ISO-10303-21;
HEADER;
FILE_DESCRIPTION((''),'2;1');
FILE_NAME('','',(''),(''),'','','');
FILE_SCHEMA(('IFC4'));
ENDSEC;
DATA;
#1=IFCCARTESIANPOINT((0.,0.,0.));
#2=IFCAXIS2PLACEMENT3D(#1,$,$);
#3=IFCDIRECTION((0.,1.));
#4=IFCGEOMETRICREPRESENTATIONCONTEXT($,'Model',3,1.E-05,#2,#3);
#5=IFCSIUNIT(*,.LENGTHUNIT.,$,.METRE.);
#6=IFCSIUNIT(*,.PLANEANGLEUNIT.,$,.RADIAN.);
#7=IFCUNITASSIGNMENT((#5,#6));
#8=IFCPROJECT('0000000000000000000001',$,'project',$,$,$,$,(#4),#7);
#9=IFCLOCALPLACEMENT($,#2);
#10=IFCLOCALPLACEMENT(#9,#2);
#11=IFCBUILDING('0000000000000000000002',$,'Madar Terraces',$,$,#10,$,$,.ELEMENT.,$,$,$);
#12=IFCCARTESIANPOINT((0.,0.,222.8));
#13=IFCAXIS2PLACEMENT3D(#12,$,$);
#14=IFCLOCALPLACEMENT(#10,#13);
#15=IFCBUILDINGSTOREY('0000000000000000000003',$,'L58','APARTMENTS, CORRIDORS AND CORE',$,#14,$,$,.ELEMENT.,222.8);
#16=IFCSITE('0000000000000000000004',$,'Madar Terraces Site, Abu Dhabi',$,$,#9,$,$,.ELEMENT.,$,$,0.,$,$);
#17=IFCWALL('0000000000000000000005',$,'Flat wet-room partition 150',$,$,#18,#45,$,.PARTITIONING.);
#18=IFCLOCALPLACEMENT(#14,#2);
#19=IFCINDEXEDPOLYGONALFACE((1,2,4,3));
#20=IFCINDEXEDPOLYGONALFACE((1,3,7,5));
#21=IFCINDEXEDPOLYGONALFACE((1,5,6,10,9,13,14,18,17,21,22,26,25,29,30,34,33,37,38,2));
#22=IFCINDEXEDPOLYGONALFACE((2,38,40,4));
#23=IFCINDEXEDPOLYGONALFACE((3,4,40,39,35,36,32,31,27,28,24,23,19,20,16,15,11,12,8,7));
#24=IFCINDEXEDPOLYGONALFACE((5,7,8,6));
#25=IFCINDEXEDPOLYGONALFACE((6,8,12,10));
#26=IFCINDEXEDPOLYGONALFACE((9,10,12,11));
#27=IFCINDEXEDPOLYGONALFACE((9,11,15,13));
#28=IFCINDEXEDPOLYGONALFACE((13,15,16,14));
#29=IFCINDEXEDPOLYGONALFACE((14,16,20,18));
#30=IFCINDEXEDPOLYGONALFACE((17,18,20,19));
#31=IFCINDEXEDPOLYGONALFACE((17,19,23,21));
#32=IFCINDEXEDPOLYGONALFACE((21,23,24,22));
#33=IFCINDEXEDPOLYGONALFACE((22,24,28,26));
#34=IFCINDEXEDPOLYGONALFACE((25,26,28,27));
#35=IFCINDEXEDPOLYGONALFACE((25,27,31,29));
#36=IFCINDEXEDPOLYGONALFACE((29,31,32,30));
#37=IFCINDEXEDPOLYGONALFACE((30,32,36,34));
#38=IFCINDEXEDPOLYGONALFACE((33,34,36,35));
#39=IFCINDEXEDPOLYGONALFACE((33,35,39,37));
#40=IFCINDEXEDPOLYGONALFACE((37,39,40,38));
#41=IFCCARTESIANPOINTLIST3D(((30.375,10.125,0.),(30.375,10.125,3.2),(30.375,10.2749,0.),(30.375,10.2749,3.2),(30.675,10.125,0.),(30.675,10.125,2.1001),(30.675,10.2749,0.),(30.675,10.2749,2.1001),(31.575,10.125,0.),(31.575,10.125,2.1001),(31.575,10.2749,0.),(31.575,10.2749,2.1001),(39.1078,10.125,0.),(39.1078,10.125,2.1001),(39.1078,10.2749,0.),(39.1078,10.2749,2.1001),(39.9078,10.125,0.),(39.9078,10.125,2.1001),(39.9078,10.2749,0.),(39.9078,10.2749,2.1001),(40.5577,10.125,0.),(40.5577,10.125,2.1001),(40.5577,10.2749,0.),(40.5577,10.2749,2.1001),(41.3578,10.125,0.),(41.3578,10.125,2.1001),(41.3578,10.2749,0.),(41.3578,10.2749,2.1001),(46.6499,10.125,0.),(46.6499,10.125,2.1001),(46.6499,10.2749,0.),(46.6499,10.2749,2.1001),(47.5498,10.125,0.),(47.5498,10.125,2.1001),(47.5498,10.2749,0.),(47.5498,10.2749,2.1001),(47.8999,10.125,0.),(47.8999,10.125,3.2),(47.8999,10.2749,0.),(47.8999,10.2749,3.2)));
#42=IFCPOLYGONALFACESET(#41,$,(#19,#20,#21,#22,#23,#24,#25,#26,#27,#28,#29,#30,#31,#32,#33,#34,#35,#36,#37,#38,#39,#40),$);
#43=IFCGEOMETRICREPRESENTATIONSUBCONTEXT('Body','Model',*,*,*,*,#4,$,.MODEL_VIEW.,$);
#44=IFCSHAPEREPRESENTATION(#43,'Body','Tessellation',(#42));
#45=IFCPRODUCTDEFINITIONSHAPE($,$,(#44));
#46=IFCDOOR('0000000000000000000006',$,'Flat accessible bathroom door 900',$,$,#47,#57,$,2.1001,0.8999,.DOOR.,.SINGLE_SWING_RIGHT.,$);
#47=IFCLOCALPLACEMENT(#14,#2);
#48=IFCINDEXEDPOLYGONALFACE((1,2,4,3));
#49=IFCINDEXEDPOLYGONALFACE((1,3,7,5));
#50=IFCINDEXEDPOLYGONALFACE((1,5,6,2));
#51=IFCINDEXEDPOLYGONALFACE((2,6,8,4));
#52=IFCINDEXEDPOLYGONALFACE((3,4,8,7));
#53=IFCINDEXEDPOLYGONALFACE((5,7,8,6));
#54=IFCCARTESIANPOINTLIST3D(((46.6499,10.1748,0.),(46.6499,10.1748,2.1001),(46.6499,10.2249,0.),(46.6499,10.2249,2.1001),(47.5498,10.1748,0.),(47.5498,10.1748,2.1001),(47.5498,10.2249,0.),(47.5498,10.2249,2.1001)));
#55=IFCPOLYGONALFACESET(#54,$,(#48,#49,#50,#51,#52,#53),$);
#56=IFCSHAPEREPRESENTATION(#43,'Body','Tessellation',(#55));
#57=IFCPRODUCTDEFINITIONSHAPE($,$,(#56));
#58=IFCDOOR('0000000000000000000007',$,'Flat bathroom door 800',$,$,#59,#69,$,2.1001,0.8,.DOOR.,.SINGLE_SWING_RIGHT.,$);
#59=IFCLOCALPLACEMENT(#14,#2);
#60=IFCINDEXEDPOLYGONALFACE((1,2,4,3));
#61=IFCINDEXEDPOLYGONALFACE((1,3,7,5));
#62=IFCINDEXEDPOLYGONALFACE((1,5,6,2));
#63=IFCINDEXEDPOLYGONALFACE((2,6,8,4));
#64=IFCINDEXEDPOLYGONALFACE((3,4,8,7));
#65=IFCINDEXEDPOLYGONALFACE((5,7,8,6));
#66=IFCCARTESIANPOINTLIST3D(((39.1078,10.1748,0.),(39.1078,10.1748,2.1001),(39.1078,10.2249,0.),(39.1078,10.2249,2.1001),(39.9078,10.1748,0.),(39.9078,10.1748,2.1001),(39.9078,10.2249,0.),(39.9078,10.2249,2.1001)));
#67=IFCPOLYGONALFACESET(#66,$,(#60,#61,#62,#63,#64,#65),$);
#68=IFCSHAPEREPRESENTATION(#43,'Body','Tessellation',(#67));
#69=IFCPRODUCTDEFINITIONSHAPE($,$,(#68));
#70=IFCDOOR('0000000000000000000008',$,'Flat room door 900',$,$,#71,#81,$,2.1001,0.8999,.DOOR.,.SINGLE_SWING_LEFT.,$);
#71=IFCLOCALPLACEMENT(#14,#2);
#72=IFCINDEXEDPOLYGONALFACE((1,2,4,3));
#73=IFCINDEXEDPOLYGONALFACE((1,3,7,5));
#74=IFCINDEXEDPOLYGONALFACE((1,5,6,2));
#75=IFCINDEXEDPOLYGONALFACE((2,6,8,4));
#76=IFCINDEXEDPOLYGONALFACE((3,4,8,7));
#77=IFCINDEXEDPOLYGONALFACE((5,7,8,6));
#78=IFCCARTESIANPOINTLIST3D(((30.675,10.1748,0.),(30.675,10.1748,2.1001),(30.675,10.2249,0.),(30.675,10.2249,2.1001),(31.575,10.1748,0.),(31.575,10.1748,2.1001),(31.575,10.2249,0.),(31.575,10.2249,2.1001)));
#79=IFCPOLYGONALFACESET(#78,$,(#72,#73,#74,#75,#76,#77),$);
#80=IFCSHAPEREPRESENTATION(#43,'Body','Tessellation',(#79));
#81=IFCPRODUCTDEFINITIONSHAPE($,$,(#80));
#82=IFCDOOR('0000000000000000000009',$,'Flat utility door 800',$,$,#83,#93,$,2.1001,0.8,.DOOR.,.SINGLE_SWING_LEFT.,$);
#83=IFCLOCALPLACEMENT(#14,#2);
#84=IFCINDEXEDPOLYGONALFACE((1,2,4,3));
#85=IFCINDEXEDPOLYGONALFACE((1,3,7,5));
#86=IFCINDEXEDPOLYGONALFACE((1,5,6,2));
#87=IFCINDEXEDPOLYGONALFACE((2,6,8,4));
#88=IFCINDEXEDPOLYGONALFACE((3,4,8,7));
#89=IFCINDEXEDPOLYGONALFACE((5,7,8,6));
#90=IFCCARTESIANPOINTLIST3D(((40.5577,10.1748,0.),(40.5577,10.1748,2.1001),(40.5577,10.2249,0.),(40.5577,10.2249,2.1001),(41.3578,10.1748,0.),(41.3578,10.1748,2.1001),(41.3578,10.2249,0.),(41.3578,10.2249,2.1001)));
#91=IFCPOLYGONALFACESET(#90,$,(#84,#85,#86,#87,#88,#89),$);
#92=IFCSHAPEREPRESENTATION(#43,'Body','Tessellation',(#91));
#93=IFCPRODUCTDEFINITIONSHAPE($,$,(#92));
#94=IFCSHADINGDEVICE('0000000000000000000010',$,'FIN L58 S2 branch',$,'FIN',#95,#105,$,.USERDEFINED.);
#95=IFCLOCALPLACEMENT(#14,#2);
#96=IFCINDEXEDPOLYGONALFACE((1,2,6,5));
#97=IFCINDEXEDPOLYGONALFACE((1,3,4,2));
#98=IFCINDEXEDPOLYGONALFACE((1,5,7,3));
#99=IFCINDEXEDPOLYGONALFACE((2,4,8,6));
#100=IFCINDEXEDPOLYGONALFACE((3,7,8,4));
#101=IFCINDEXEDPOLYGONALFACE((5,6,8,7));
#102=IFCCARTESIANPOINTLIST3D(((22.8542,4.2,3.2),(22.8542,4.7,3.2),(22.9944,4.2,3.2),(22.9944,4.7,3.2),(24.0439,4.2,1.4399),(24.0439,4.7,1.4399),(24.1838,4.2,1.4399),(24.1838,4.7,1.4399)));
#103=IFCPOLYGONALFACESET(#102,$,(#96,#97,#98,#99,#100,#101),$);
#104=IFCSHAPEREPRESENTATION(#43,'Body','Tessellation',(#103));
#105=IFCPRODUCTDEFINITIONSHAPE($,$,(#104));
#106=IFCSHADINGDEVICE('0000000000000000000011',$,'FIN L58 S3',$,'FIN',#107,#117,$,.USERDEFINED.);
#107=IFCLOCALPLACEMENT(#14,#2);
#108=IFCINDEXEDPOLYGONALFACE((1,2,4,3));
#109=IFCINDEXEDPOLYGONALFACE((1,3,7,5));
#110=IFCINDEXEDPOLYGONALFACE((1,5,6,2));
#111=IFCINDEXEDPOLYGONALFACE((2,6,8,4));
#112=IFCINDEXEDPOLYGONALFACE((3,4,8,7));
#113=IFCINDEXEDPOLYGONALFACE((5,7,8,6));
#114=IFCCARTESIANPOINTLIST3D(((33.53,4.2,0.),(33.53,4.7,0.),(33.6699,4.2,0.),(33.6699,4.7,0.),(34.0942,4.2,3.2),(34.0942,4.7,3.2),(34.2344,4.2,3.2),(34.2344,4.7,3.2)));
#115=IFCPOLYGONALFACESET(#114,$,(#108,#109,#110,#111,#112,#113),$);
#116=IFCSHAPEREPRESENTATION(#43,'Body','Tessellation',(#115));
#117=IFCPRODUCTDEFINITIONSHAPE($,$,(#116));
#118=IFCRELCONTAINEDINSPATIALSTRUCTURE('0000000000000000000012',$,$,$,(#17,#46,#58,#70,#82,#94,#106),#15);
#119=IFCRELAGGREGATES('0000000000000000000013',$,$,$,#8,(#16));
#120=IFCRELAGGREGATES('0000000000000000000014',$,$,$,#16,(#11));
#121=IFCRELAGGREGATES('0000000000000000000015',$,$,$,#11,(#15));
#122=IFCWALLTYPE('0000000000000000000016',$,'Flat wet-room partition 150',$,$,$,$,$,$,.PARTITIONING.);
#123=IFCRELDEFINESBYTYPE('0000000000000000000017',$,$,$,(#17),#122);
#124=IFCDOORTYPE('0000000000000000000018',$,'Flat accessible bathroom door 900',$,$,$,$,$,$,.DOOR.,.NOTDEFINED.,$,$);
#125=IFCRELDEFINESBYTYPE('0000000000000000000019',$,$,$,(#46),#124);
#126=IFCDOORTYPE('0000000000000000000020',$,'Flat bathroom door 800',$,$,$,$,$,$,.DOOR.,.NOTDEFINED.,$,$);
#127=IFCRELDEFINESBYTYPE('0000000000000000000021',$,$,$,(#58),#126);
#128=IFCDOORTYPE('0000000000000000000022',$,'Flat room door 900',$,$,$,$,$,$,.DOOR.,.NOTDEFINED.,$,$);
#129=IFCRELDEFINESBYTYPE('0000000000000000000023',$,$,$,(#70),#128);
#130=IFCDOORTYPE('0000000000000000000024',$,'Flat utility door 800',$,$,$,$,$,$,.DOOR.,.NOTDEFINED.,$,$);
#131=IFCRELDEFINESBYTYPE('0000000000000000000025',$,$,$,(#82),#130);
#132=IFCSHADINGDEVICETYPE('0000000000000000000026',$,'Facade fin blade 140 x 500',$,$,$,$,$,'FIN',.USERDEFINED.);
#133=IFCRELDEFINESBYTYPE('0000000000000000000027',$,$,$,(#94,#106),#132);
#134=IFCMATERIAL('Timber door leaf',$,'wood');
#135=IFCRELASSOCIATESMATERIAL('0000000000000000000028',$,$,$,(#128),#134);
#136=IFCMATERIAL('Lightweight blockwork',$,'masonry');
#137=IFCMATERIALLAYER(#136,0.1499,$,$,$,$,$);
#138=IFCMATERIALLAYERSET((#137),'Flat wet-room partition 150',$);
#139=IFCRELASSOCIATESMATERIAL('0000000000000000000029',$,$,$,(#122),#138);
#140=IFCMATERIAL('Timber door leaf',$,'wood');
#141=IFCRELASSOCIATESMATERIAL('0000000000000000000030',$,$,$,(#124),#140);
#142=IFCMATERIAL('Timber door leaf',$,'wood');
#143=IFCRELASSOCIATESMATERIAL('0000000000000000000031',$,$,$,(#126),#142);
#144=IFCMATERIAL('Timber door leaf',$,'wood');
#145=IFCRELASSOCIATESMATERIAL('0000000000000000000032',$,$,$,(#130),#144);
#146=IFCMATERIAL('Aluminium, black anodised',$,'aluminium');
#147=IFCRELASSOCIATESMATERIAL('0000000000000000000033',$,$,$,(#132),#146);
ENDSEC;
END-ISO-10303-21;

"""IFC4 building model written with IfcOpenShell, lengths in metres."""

from ifc_helpers import new_model, si_unit, direction, frame, frame_2d, origin, place, context, subcontext, project, spatial, polyline, rectangle, outline, extrude, material, layer, layer_set, type_object, element, fill, save


model = new_model("IFC4")

# Units and contexts
model_context = context("Model", 3, precision=1e-05, world=origin(), true_north=direction((0.0, 1.0)))
body_context = subcontext(model_context, "Body", "Model", "MODEL_VIEW")
ifc_project = project(units=[si_unit("LENGTHUNIT", "METRE"), si_unit("PLANEANGLEUNIT", "RADIAN")], contexts=[model_context])

# Site, building, storey
site_placement = place(None, origin())
site = spatial("IfcSite", under=ifc_project, at=site_placement, Name="Madar Terraces Site, Abu Dhabi", CompositionType="ELEMENT", RefElevation=0.0)
building_placement = place(site_placement, origin())
building = spatial("IfcBuilding", under=site, at=building_placement, Name="Madar Terraces", CompositionType="ELEMENT")
storey_placement = place(building_placement, frame((0.0, 0.0, 222.8)))
storey = spatial("IfcBuildingStorey", under=building, at=storey_placement, Name="L58", Description="APARTMENTS, CORRIDORS AND CORE", CompositionType="ELEMENT", Elevation=222.8)

# Shared definitions
ifc_material_1 = material(Name="Timber door leaf", Category="wood")
door_type_1 = type_object("IfcDoorType", Name="Flat room door 900", OperationType="NOTDEFINED", PredefinedType="DOOR", material=ifc_material_1)

# Shared definitions
ifc_material_2 = material(Name="Lightweight blockwork", Category="masonry")
ifc_layer_1 = layer(ifc_material_2, 0.1499)
ifc_layer_set_1 = layer_set([ifc_layer_1], Name="Flat wet-room partition 150")
wall_type_1 = type_object("IfcWallType", Name="Flat wet-room partition 150", PredefinedType="PARTITIONING", material=ifc_layer_set_1)

# Wall, openings, doors
wall_1_placement = place(storey_placement, frame((30.375, 10.2, 0.0), z_axis=(0.0, 0.0, 1.0), x_axis=(1.0, 0.0, 0.0)))
wall_1 = element("IfcWall", 1, at=wall_1_placement, inside=storey, type_object=wall_type_1, Name="Flat wet-room partition 150", PredefinedType="PARTITIONING", context=body_context, shape_type="SweptSolid", body=[
    extrude(rectangle(XDim=17.5249, YDim=0.1499, at=frame_2d((8.7625, 0.0))), origin(), (0.0, 0.0, 1.0), 3.2),
])
opening_1_placement = place(wall_1_placement, frame((0.3, 0.0, 0.0)))
opening_1 = element("IfcOpeningElement", 2, at=opening_1_placement, cuts=wall_1, PredefinedType="OPENING", context=body_context, shape_type="SweptSolid", body=[
    extrude(rectangle(XDim=0.8999, YDim=2.1001, at=frame_2d((0.45, 1.05))), frame((0.0, 0.085, 0.0), z_axis=(0.0, -1.0, 0.0), x_axis=(1.0, 0.0, 0.0)), (0.0, 0.0, 1.0), 0.1699),
])
opening_2_placement = place(wall_1_placement, frame((8.7329, 0.0, 0.0)))
opening_2 = element("IfcOpeningElement", 3, at=opening_2_placement, cuts=wall_1, PredefinedType="OPENING", context=body_context, shape_type="SweptSolid", body=[
    extrude(rectangle(XDim=0.8, YDim=2.1001, at=frame_2d((0.3999, 1.05))), frame((0.0, 0.085, 0.0), z_axis=(0.0, -1.0, 0.0), x_axis=(1.0, 0.0, 0.0)), (0.0, 0.0, 1.0), 0.1699),
])
opening_3_placement = place(wall_1_placement, frame((10.1829, 0.0, 0.0)))
opening_3 = element("IfcOpeningElement", 4, at=opening_3_placement, cuts=wall_1, PredefinedType="OPENING", context=body_context, shape_type="SweptSolid", body=[
    extrude(rectangle(XDim=0.8, YDim=2.1001, at=frame_2d((0.3999, 1.05))), frame((0.0, 0.085, 0.0), z_axis=(0.0, -1.0, 0.0), x_axis=(1.0, 0.0, 0.0)), (0.0, 0.0, 1.0), 0.1699),
])
opening_4_placement = place(wall_1_placement, frame((16.2749, 0.0, 0.0)))
opening_4 = element("IfcOpeningElement", 5, at=opening_4_placement, cuts=wall_1, PredefinedType="OPENING", context=body_context, shape_type="SweptSolid", body=[
    extrude(rectangle(XDim=0.8999, YDim=2.1001, at=frame_2d((0.45, 1.05))), frame((0.0, 0.085, 0.0), z_axis=(0.0, -1.0, 0.0), x_axis=(1.0, 0.0, 0.0)), (0.0, 0.0, 1.0), 0.1699),
])
ifc_material_3 = material(Name="Timber door leaf", Category="wood")
door_type_2 = type_object("IfcDoorType", Name="Flat accessible bathroom door 900", OperationType="NOTDEFINED", PredefinedType="DOOR", material=ifc_material_3)
door_1_placement = place(opening_4_placement, origin())
door_1 = element("IfcDoor", 6, at=door_1_placement, inside=storey, type_object=door_type_2, Name="Flat accessible bathroom door 900", OperationType="SINGLE_SWING_RIGHT", OverallHeight=2.1001, OverallWidth=0.8999, PredefinedType="DOOR", context=body_context, shape_type="SweptSolid", body=[
    extrude(rectangle(XDim=0.8999, YDim=2.1001, at=frame_2d((0.45, 1.05))), frame((0.0, 0.0249, 0.0), z_axis=(0.0, -1.0, 0.0), x_axis=(1.0, 0.0, 0.0)), (0.0, 0.0, 1.0), 0.05),
])
fill(opening_4, door_1)
ifc_material_4 = material(Name="Timber door leaf", Category="wood")
door_type_3 = type_object("IfcDoorType", Name="Flat bathroom door 800", OperationType="NOTDEFINED", PredefinedType="DOOR", material=ifc_material_4)
door_2_placement = place(opening_2_placement, origin())
door_2 = element("IfcDoor", 7, at=door_2_placement, inside=storey, type_object=door_type_3, Name="Flat bathroom door 800", OperationType="SINGLE_SWING_RIGHT", OverallHeight=2.1001, OverallWidth=0.8, PredefinedType="DOOR", context=body_context, shape_type="SweptSolid", body=[
    extrude(rectangle(XDim=0.8, YDim=2.1001, at=frame_2d((0.3999, 1.05))), frame((0.0, 0.0249, 0.0), z_axis=(0.0, -1.0, 0.0), x_axis=(1.0, 0.0, 0.0)), (0.0, 0.0, 1.0), 0.05),
])
fill(opening_2, door_2)
door_3_placement = place(opening_1_placement, origin())
door_3 = element("IfcDoor", 8, at=door_3_placement, inside=storey, type_object=door_type_1, Name="Flat room door 900", OperationType="SINGLE_SWING_LEFT", OverallHeight=2.1001, OverallWidth=0.8999, PredefinedType="DOOR", context=body_context, shape_type="SweptSolid", body=[
    extrude(rectangle(XDim=0.8999, YDim=2.1001, at=frame_2d((0.45, 1.05))), frame((0.0, 0.0249, 0.0), z_axis=(0.0, -1.0, 0.0), x_axis=(1.0, 0.0, 0.0)), (0.0, 0.0, 1.0), 0.05),
])
fill(opening_1, door_3)
ifc_material_5 = material(Name="Timber door leaf", Category="wood")
door_type_4 = type_object("IfcDoorType", Name="Flat utility door 800", OperationType="NOTDEFINED", PredefinedType="DOOR", material=ifc_material_5)
door_4_placement = place(opening_3_placement, origin())
door_4 = element("IfcDoor", 9, at=door_4_placement, inside=storey, type_object=door_type_4, Name="Flat utility door 800", OperationType="SINGLE_SWING_LEFT", OverallHeight=2.1001, OverallWidth=0.8, PredefinedType="DOOR", context=body_context, shape_type="SweptSolid", body=[
    extrude(rectangle(XDim=0.8, YDim=2.1001, at=frame_2d((0.3999, 1.05))), frame((0.0, 0.0249, 0.0), z_axis=(0.0, -1.0, 0.0), x_axis=(1.0, 0.0, 0.0)), (0.0, 0.0, 1.0), 0.05),
])
fill(opening_3, door_4)

# Shading devices
ifc_material_6 = material(Name="Aluminium, black anodised", Category="aluminium")
shading_device_type = type_object("IfcShadingDeviceType", Name="Facade fin blade 140 x 500", ElementType="FIN", PredefinedType="USERDEFINED", material=ifc_material_6)
shading_device_1_placement = place(storey_placement, frame((24.0439, 4.45, 1.4399), z_axis=(0.0, 0.0, 1.0), x_axis=(1.0, 0.0, 0.0)))
element("IfcShadingDevice", 10, at=shading_device_1_placement, inside=storey, type_object=shading_device_type, Name="FIN L58 S2 branch", ObjectType="FIN", PredefinedType="USERDEFINED", context=body_context, shape_type="SweptSolid", body=[
    extrude(outline(polyline([(0.0, 0.0), (0.1399, 0.0), (-1.0496, 1.76), (-1.1897, 1.76), (0.0, 0.0)])), frame((0.0, 0.25, 0.0), z_axis=(0.0, -1.0, 0.0), x_axis=(1.0, 0.0, 0.0)), (0.0, 0.0, 1.0), 0.5),
])
shading_device_2_placement = place(storey_placement, frame((33.53, 4.45, 0.0), z_axis=(0.0, 0.0, 1.0), x_axis=(1.0, 0.0, 0.0)))
element("IfcShadingDevice", 11, at=shading_device_2_placement, inside=storey, type_object=shading_device_type, Name="FIN L58 S3", ObjectType="FIN", PredefinedType="USERDEFINED", context=body_context, shape_type="SweptSolid", body=[
    extrude(outline(polyline([(0.0, 0.0), (0.1399, 0.0), (0.7043, 3.2), (0.5642, 3.2), (0.0, 0.0)])), frame((0.0, 0.25, 0.0), z_axis=(0.0, -1.0, 0.0), x_axis=(1.0, 0.0, 0.0)), (0.0, 0.0, 1.0), 0.5),
])

save(model, "model.ifc")
